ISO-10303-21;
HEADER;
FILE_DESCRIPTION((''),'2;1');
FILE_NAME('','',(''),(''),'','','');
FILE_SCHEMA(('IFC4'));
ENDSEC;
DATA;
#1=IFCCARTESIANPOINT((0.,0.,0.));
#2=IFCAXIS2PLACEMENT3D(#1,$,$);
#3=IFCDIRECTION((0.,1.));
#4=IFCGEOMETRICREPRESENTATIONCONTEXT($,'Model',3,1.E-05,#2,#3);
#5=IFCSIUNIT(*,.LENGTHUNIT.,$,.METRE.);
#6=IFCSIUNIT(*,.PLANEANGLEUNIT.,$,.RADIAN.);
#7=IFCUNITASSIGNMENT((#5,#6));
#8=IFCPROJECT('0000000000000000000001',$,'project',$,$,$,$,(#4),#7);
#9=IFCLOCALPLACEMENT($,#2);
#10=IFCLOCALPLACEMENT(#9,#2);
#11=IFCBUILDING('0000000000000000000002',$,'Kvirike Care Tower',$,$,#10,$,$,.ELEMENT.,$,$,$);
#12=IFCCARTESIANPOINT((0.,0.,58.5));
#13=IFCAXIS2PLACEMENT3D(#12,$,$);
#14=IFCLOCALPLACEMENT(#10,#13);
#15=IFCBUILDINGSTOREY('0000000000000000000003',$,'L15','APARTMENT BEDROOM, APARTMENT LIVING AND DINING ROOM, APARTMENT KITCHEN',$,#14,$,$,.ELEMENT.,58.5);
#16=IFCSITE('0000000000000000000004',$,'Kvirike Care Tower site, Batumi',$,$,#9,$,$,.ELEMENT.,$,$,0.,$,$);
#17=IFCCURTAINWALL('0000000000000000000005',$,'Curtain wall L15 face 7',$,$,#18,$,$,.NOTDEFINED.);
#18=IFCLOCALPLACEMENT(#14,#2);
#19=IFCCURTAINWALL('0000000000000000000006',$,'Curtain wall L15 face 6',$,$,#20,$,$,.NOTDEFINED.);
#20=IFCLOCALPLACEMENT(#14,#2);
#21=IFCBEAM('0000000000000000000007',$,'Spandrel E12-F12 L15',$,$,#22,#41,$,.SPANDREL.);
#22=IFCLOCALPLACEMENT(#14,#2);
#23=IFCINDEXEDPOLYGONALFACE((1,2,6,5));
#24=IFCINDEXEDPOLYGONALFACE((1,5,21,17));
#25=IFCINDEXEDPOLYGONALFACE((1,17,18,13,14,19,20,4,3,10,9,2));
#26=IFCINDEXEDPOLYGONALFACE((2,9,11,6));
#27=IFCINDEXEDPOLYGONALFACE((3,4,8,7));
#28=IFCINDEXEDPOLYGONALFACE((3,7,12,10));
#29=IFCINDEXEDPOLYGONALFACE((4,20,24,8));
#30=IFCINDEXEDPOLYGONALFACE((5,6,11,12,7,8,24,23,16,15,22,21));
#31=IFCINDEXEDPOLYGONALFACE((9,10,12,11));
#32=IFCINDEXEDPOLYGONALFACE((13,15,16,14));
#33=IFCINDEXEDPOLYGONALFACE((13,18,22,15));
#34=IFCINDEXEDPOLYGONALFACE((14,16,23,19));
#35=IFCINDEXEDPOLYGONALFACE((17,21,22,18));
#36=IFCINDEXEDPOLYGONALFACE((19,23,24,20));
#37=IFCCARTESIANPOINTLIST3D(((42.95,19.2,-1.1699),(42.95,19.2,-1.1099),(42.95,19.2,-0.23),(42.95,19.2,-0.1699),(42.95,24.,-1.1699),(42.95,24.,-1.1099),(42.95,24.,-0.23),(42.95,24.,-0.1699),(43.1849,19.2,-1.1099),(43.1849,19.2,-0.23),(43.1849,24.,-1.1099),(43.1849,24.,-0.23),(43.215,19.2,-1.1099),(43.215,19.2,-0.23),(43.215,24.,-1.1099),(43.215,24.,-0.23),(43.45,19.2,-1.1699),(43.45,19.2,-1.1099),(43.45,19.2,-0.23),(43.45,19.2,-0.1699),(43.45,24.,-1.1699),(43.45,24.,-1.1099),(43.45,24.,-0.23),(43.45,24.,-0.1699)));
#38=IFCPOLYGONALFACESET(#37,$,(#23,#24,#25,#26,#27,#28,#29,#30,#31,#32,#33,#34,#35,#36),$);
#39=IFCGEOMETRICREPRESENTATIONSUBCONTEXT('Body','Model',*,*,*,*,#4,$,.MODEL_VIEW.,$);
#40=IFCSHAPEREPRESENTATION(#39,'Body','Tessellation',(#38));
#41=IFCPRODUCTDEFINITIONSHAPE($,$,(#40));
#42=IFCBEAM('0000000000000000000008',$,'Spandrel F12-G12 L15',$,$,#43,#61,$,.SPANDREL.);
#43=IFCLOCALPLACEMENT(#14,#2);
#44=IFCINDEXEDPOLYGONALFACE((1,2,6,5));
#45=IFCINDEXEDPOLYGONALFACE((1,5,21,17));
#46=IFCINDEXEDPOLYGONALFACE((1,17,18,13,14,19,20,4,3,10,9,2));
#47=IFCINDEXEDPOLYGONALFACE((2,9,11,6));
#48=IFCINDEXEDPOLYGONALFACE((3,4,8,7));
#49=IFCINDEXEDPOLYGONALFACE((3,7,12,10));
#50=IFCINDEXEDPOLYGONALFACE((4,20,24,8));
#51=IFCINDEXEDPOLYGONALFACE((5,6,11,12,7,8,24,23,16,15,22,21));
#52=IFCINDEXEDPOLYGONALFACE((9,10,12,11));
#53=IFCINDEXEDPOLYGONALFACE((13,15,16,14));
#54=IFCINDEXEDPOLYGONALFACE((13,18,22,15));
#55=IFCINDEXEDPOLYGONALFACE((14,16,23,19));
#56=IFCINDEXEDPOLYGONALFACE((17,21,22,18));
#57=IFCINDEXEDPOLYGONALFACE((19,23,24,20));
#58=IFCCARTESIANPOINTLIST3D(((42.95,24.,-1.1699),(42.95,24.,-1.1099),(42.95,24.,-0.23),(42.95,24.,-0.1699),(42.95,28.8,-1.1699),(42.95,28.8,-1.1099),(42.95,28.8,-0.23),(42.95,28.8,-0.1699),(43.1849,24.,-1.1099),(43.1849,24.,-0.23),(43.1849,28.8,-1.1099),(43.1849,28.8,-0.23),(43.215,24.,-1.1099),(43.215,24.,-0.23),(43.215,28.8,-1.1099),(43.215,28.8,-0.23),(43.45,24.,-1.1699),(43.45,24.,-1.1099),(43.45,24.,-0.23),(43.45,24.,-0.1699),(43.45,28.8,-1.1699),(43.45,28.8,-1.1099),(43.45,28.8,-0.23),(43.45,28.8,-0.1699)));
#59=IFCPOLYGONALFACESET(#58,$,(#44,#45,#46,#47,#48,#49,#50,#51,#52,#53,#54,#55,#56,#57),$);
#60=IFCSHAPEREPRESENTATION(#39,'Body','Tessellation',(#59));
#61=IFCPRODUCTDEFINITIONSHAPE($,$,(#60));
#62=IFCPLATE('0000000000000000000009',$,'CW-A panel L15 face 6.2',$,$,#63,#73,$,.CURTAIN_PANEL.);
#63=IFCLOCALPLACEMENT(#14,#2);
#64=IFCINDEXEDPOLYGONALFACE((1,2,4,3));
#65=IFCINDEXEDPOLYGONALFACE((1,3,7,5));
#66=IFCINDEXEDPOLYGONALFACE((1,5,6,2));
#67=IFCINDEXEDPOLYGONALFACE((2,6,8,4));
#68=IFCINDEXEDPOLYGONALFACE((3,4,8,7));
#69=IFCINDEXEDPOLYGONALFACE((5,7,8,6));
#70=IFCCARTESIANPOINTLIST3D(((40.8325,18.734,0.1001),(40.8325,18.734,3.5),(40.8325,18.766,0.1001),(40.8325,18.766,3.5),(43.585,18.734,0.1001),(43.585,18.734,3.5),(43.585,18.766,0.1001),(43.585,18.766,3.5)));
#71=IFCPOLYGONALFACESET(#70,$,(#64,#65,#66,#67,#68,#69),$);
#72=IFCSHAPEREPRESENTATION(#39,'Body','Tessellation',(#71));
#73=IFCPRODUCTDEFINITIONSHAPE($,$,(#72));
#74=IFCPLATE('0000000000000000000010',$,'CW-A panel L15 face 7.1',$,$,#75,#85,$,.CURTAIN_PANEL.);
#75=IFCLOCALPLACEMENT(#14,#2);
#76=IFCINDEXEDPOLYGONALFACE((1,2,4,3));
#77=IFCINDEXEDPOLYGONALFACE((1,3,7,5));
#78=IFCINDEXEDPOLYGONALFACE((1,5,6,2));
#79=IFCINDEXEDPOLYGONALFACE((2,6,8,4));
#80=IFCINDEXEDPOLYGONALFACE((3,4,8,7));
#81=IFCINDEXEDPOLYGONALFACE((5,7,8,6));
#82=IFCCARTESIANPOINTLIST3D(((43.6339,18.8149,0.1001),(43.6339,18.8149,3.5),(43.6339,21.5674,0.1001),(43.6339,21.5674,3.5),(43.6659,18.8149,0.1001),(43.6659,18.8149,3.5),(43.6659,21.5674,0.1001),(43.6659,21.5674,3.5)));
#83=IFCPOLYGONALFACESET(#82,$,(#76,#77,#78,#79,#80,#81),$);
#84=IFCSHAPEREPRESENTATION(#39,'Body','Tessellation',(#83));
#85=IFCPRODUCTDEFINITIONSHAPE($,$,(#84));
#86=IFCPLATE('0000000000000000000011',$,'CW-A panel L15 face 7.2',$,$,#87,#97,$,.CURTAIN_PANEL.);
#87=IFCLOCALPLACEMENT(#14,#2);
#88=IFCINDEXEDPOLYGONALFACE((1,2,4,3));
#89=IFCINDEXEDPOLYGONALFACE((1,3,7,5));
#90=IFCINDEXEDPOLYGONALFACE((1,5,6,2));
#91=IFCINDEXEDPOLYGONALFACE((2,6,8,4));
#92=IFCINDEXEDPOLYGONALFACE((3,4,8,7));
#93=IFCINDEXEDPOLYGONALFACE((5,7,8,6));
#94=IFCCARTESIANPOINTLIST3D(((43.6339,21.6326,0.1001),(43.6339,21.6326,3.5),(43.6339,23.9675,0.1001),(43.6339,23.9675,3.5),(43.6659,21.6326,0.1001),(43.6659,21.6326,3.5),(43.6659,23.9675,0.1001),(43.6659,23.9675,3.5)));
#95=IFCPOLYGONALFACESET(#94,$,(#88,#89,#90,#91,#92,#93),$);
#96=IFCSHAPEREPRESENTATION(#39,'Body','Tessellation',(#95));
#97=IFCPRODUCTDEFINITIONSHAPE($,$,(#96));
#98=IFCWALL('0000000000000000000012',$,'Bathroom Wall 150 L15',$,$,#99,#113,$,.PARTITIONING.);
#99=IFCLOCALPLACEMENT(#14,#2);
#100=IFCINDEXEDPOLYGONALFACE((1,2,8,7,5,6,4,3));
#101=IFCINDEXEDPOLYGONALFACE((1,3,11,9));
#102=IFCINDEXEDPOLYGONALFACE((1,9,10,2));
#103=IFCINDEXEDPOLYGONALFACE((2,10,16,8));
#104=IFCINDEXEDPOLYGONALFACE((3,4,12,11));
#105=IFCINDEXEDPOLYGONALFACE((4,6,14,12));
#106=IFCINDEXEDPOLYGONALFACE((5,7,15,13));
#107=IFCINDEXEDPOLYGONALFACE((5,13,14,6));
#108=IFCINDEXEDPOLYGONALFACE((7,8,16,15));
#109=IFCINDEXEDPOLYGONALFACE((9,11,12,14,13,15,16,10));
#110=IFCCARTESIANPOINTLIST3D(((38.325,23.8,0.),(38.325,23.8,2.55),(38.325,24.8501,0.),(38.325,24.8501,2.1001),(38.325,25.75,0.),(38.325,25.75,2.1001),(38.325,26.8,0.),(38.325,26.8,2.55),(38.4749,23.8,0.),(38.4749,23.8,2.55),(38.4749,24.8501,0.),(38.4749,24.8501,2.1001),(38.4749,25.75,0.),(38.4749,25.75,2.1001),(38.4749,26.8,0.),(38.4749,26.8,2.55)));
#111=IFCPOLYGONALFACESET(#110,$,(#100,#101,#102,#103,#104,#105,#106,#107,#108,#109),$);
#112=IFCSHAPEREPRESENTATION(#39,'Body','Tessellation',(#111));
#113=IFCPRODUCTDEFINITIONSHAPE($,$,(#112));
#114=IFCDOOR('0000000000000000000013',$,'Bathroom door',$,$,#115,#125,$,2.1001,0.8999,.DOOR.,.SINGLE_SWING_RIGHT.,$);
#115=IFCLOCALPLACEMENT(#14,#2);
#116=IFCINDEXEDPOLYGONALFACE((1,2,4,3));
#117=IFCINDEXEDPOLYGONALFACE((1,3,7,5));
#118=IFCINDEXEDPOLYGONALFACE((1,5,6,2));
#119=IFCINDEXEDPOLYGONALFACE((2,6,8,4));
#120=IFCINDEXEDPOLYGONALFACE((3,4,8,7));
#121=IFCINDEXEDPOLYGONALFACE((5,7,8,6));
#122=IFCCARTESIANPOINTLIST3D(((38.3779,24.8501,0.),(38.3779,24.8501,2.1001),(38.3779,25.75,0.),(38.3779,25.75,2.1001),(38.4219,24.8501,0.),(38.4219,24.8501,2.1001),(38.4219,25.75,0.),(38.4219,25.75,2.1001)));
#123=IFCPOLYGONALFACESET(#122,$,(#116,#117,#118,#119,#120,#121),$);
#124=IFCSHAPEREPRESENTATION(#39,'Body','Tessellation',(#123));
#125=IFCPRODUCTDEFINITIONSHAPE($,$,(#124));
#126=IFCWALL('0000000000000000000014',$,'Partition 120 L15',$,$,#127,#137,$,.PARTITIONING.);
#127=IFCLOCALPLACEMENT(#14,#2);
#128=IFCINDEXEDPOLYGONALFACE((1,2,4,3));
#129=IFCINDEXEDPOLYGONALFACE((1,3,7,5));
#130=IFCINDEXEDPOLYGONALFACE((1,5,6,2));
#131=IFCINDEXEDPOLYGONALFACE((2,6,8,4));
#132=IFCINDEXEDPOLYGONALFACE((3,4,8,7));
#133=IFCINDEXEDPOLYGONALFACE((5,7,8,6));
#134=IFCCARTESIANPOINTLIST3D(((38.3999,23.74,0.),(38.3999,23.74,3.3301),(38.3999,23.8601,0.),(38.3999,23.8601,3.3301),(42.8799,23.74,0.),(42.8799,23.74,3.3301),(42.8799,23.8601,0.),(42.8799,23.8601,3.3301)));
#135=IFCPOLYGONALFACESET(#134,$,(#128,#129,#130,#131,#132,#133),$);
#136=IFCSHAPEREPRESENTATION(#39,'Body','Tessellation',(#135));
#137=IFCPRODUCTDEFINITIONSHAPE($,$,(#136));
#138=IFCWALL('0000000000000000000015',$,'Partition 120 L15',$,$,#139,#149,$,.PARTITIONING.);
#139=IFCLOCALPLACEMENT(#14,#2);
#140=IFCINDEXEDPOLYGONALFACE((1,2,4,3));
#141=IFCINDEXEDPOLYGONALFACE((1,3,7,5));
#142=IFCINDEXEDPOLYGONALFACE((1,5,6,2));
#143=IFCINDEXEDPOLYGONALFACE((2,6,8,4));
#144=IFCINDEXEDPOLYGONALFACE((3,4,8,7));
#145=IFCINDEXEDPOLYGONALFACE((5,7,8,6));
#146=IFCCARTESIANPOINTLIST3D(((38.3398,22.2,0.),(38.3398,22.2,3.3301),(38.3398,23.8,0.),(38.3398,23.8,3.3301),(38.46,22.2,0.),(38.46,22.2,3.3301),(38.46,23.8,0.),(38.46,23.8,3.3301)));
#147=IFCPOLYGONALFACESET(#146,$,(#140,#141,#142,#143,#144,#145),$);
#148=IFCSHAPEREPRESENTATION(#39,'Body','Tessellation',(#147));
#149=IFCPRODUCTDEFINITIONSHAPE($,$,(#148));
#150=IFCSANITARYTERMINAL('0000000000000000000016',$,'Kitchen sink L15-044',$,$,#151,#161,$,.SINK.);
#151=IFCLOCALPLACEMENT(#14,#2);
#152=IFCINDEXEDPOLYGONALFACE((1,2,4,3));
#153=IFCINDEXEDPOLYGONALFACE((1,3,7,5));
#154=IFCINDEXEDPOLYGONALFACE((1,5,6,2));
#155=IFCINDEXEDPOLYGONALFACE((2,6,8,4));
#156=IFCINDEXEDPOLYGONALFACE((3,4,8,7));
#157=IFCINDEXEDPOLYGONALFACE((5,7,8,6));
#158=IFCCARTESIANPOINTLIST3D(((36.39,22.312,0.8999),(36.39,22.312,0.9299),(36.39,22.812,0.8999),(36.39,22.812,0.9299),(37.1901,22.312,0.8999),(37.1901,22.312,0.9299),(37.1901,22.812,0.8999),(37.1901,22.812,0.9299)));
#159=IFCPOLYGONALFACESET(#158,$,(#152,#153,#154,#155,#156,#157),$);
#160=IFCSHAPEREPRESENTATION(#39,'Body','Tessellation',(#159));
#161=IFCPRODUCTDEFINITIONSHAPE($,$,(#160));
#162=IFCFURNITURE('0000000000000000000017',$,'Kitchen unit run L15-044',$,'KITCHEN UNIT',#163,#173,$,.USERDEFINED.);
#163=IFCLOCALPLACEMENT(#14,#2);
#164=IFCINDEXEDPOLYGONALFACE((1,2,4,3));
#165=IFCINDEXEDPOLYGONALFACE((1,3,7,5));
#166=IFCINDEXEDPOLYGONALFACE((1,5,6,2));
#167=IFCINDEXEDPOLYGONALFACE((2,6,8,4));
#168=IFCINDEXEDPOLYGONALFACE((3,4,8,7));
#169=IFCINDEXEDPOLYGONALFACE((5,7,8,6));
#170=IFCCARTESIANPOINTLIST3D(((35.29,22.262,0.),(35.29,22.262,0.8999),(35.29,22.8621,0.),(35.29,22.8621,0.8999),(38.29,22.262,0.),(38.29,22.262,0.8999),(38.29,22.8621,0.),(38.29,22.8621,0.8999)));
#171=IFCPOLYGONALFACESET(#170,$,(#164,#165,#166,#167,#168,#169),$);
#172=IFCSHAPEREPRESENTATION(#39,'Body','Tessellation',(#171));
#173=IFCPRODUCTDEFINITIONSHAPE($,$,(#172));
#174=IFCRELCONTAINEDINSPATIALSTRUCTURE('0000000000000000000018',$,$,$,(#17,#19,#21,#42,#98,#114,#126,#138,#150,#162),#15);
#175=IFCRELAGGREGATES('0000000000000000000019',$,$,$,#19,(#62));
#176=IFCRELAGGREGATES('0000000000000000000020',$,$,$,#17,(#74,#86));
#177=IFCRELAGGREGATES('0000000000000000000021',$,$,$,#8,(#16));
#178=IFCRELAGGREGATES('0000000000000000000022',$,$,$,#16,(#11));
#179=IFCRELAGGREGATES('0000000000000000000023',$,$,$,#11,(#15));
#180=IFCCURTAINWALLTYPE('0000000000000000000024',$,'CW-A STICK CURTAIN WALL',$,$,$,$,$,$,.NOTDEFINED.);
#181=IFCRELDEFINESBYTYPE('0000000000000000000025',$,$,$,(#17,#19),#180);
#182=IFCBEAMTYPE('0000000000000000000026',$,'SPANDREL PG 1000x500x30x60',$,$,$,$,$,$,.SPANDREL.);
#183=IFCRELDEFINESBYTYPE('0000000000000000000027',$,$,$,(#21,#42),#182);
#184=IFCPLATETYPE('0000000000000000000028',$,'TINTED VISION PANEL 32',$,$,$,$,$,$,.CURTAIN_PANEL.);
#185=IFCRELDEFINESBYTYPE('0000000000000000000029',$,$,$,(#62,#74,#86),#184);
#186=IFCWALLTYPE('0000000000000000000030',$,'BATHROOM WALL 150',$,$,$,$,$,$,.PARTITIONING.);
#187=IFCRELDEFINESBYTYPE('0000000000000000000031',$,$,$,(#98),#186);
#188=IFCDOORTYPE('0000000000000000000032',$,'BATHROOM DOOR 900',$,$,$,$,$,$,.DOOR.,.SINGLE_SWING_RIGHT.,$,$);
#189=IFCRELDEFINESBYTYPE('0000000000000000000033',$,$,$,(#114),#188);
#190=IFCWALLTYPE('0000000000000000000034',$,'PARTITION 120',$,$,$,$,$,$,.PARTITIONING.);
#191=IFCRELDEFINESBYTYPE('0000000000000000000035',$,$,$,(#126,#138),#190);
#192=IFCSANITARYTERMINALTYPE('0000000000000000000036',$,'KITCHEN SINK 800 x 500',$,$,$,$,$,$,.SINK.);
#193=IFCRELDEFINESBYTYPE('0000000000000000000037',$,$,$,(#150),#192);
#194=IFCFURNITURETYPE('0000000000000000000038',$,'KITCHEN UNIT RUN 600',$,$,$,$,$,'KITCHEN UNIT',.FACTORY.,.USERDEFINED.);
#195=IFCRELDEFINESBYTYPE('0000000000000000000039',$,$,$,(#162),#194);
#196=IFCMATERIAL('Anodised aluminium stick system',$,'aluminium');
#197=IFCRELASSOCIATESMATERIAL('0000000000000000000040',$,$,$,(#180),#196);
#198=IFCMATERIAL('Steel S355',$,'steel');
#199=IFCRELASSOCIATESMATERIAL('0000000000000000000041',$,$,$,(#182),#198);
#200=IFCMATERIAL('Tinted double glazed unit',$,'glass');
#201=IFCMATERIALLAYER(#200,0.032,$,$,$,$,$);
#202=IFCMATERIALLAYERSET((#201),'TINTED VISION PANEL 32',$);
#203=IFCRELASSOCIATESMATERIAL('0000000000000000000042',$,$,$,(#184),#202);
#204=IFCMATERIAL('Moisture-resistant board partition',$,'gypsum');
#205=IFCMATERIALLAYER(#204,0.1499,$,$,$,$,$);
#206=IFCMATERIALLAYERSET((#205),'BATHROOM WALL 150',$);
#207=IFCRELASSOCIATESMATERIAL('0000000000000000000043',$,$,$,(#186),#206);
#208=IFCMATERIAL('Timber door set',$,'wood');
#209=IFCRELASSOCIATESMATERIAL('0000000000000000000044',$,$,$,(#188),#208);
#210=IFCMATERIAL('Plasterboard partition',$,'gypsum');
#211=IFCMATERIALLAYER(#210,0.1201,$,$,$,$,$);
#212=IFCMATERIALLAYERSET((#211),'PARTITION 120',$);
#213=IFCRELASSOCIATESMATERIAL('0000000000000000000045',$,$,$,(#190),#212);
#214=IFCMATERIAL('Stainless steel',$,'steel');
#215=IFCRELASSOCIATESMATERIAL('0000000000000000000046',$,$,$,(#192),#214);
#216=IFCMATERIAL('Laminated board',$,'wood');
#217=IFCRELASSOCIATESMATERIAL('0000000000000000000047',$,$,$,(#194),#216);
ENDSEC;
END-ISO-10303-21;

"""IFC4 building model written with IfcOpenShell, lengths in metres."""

from ifc_helpers import new_model, si_unit, direction, frame, frame_2d, origin, origin_2d, place, context, subcontext, project, spatial, rectangle, i_section, extrude, material, layer, layer_set, material_profile, profile_set, type_object, element, fill, aggregate, save


model = new_model("IFC4")

# Units and contexts
model_context = context("Model", 3, precision=1e-05, world=origin(), true_north=direction((0.0, 1.0)))
body_context = subcontext(model_context, "Body", "Model", "MODEL_VIEW")
ifc_project = project(units=[si_unit("LENGTHUNIT", "METRE"), si_unit("PLANEANGLEUNIT", "RADIAN")], contexts=[model_context])

# Site, building, storey
site_placement = place(None, origin())
site = spatial("IfcSite", under=ifc_project, at=site_placement, Name="Kvirike Care Tower site, Batumi", CompositionType="ELEMENT", RefElevation=0.0)
building_placement = place(site_placement, origin())
building = spatial("IfcBuilding", under=site, at=building_placement, Name="Kvirike Care Tower", CompositionType="ELEMENT")
storey_placement = place(building_placement, frame((0.0, 0.0, 58.5)))
storey = spatial("IfcBuildingStorey", under=building, at=storey_placement, Name="L15", Description="APARTMENT BEDROOM, APARTMENT LIVING AND DINING ROOM, APARTMENT KITCHEN", CompositionType="ELEMENT", Elevation=58.5)

# Curtain walls
ifc_material_1 = material(Name="Anodised aluminium stick system", Category="aluminium")
curtain_wall_type = type_object("IfcCurtainWallType", Name="CW-A STICK CURTAIN WALL", PredefinedType="NOTDEFINED", material=ifc_material_1)
curtain_wall_1_placement = place(storey_placement, origin())
curtain_wall_1 = element("IfcCurtainWall", 1, at=curtain_wall_1_placement, inside=storey, type_object=curtain_wall_type, Name="Curtain wall L15 face 7", PredefinedType="NOTDEFINED")
curtain_wall_2_placement = place(storey_placement, origin())
curtain_wall_2 = element("IfcCurtainWall", 2, at=curtain_wall_2_placement, inside=storey, type_object=curtain_wall_type, Name="Curtain wall L15 face 6", PredefinedType="NOTDEFINED")

# Beams
ifc_material_2 = material(Name="Steel S355", Category="steel")
ifc_material_profile_1 = material_profile(ifc_material_2, i_section(OverallWidth=0.5, OverallDepth=1.0, WebThickness=0.03, FlangeThickness=0.0601, at=origin_2d()), Name="PG 1000x500x30x60")
ifc_profile_set_1 = profile_set([ifc_material_profile_1], Name="Steel S355")
beam_type = type_object("IfcBeamType", Name="SPANDREL PG 1000x500x30x60", PredefinedType="SPANDREL", material=ifc_profile_set_1)
for number, where, z_axis, x_axis, name in (
    (3, (43.2, 19.2, -0.6699), (0.0, 1.0, 0.0), (-1.0, 0.0, 0.0), "Spandrel E12-F12 L15"),
    (4, (43.2, 24.0, -0.6699), (0.0, 1.0, 0.0), (-1.0, 0.0, 0.0), "Spandrel F12-G12 L15"),
):
    element("IfcBeam", number, at=place(storey_placement, frame(where, z_axis=z_axis, x_axis=x_axis)), inside=storey, type_object=beam_type, Name=name, PredefinedType="SPANDREL", context=body_context, shape_type="SweptSolid", body=[
        extrude(i_section(OverallWidth=0.5, OverallDepth=1.0, WebThickness=0.03, FlangeThickness=0.0601, at=origin_2d()), origin(), (0.0, 0.0, 1.0), 4.8),
    ])

# Plates
ifc_material_3 = material(Name="Tinted double glazed unit", Category="glass")
ifc_layer_1 = layer(ifc_material_3, 0.032)
ifc_layer_set_1 = layer_set([ifc_layer_1], Name="TINTED VISION PANEL 32")
plate_type = type_object("IfcPlateType", Name="TINTED VISION PANEL 32", PredefinedType="CURTAIN_PANEL", material=ifc_layer_set_1)
plate_1_placement = place(storey_placement, frame((42.2087, 18.75, 0.1001), z_axis=(0.0, 0.0, 1.0), x_axis=(1.0, 0.0, 0.0)))
plate_1 = element("IfcPlate", 5, at=plate_1_placement, type_object=plate_type, Name="CW-A panel L15 face 6.2", PredefinedType="CURTAIN_PANEL", context=body_context, shape_type="SweptSolid", body=[
    extrude(rectangle(XDim=2.7524, YDim=0.032, at=origin_2d()), origin(), (0.0, 0.0, 1.0), 3.3999),
])
aggregate(curtain_wall_2, [plate_1])
plate_2_placement = place(storey_placement, frame((43.6499, 20.1912, 0.1001), z_axis=(0.0, 0.0, 1.0), x_axis=(0.0, 1.0, 0.0)))
plate_2 = element("IfcPlate", 6, at=plate_2_placement, type_object=plate_type, Name="CW-A panel L15 face 7.1", PredefinedType="CURTAIN_PANEL", context=body_context, shape_type="SweptSolid", body=[
    extrude(rectangle(XDim=2.7524, YDim=0.032, at=origin_2d()), origin(), (0.0, 0.0, 1.0), 3.3999),
])
plate_3_placement = place(storey_placement, frame((43.6499, 22.8, 0.1001), z_axis=(0.0, 0.0, 1.0), x_axis=(0.0, 1.0, 0.0)))
plate_3 = element("IfcPlate", 7, at=plate_3_placement, type_object=plate_type, Name="CW-A panel L15 face 7.2", PredefinedType="CURTAIN_PANEL", context=body_context, shape_type="SweptSolid", body=[
    extrude(rectangle(XDim=2.335, YDim=0.032, at=origin_2d()), origin(), (0.0, 0.0, 1.0), 3.3999),
])
aggregate(curtain_wall_1, [plate_2, plate_3])

# Wall, opening, door
ifc_material_4 = material(Name="Moisture-resistant board partition", Category="gypsum")
ifc_layer_2 = layer(ifc_material_4, 0.1499)
ifc_layer_set_2 = layer_set([ifc_layer_2], Name="BATHROOM WALL 150")
wall_type_1 = type_object("IfcWallType", Name="BATHROOM WALL 150", PredefinedType="PARTITIONING", material=ifc_layer_set_2)
wall_1_placement = place(storey_placement, frame((38.3999, 23.8, 0.0), z_axis=(0.0, 0.0, 1.0), x_axis=(0.0, 1.0, 0.0)))
wall_1 = element("IfcWall", 8, at=wall_1_placement, inside=storey, type_object=wall_type_1, Name="Bathroom Wall 150 L15", PredefinedType="PARTITIONING", context=body_context, shape_type="SweptSolid", body=[
    extrude(rectangle(XDim=3.0, YDim=0.1499, at=frame_2d((1.5, 0.0))), origin(), (0.0, 0.0, 1.0), 2.55),
])
opening_placement = place(wall_1_placement, frame((1.05, 0.0, 0.0)))
opening = element("IfcOpeningElement", 9, at=opening_placement, cuts=wall_1, PredefinedType="OPENING", context=body_context, shape_type="SweptSolid", body=[
    extrude(rectangle(XDim=0.8999, YDim=2.1001, at=frame_2d((0.45, 1.05))), frame((0.0, 0.0854, 0.0), z_axis=(0.0, -1.0, 0.0), x_axis=(1.0, 0.0, 0.0)), (0.0, 0.0, 1.0), 0.1709),
])
ifc_material_5 = material(Name="Timber door set", Category="wood")
door_type = type_object("IfcDoorType", Name="BATHROOM DOOR 900", OperationType="SINGLE_SWING_RIGHT", PredefinedType="DOOR", material=ifc_material_5)
door_placement = place(opening_placement, frame((0.8999, 0.0, 0.0), z_axis=(0.0, 0.0, 1.0), x_axis=(-1.0, 0.0, 0.0)))
door = element("IfcDoor", 10, at=door_placement, inside=storey, type_object=door_type, Name="Bathroom door", OperationType="SINGLE_SWING_RIGHT", OverallHeight=2.1001, OverallWidth=0.8999, PredefinedType="DOOR", context=body_context, shape_type="SweptSolid", body=[
    extrude(rectangle(XDim=0.8999, YDim=2.1001, at=frame_2d((0.45, 1.05))), frame((0.0, 0.022, 0.0), z_axis=(0.0, -1.0, 0.0), x_axis=(1.0, 0.0, 0.0)), (0.0, 0.0, 1.0), 0.0439),
])
fill(opening, door)

# Walls
ifc_material_6 = material(Name="Plasterboard partition", Category="gypsum")
ifc_layer_3 = layer(ifc_material_6, 0.1201)
ifc_layer_set_3 = layer_set([ifc_layer_3], Name="PARTITION 120")
wall_type_2 = type_object("IfcWallType", Name="PARTITION 120", PredefinedType="PARTITIONING", material=ifc_layer_set_3)
wall_2_placement = place(storey_placement, frame((38.3999, 23.8, 0.0), z_axis=(0.0, 0.0, 1.0), x_axis=(1.0, 0.0, 0.0)))
element("IfcWall", 11, at=wall_2_placement, inside=storey, type_object=wall_type_2, Name="Partition 120 L15", PredefinedType="PARTITIONING", context=body_context, shape_type="SweptSolid", body=[
    extrude(rectangle(XDim=4.48, YDim=0.1201, at=frame_2d((2.24, 0.0))), origin(), (0.0, 0.0, 1.0), 3.3301),
])
wall_3_placement = place(storey_placement, frame((38.3999, 22.2, 0.0), z_axis=(0.0, 0.0, 1.0), x_axis=(0.0, 1.0, 0.0)))
element("IfcWall", 12, at=wall_3_placement, inside=storey, type_object=wall_type_2, Name="Partition 120 L15", PredefinedType="PARTITIONING", context=body_context, shape_type="SweptSolid", body=[
    extrude(rectangle(XDim=1.6001, YDim=0.1201, at=frame_2d((0.8, 0.0))), origin(), (0.0, 0.0, 1.0), 3.3301),
])

# Sanitary terminal
ifc_material_7 = material(Name="Stainless steel", Category="steel")
sanitary_terminal_type = type_object("IfcSanitaryTerminalType", Name="KITCHEN SINK 800 x 500", PredefinedType="SINK", material=ifc_material_7)
sanitary_terminal_placement = place(storey_placement, frame((36.79, 22.562, 0.8999), z_axis=(0.0, 0.0, 1.0), x_axis=(-1.0, 0.0, 0.0)))
element("IfcSanitaryTerminal", 13, at=sanitary_terminal_placement, inside=storey, type_object=sanitary_terminal_type, Name="Kitchen sink L15-044", PredefinedType="SINK", context=body_context, shape_type="SweptSolid", body=[
    extrude(rectangle(XDim=0.8, YDim=0.5, at=origin_2d()), origin(), (0.0, 0.0, 1.0), 0.03),
])

# Furniture
ifc_material_8 = material(Name="Laminated board", Category="wood")
furniture_type = type_object("IfcFurnitureType", Name="KITCHEN UNIT RUN 600", ElementType="KITCHEN UNIT", AssemblyPlace="FACTORY", PredefinedType="USERDEFINED", material=ifc_material_8)
furniture_placement = place(storey_placement, frame((36.79, 22.562, 0.0), z_axis=(0.0, 0.0, 1.0), x_axis=(-1.0, 0.0, 0.0)))
element("IfcFurniture", 14, at=furniture_placement, inside=storey, type_object=furniture_type, Name="Kitchen unit run L15-044", ObjectType="KITCHEN UNIT", PredefinedType="USERDEFINED", context=body_context, shape_type="SweptSolid", body=[
    extrude(rectangle(XDim=3.0, YDim=0.6001, at=origin_2d()), origin(), (0.0, 0.0, 1.0), 0.8999),
])

save(model, "model.ifc")
